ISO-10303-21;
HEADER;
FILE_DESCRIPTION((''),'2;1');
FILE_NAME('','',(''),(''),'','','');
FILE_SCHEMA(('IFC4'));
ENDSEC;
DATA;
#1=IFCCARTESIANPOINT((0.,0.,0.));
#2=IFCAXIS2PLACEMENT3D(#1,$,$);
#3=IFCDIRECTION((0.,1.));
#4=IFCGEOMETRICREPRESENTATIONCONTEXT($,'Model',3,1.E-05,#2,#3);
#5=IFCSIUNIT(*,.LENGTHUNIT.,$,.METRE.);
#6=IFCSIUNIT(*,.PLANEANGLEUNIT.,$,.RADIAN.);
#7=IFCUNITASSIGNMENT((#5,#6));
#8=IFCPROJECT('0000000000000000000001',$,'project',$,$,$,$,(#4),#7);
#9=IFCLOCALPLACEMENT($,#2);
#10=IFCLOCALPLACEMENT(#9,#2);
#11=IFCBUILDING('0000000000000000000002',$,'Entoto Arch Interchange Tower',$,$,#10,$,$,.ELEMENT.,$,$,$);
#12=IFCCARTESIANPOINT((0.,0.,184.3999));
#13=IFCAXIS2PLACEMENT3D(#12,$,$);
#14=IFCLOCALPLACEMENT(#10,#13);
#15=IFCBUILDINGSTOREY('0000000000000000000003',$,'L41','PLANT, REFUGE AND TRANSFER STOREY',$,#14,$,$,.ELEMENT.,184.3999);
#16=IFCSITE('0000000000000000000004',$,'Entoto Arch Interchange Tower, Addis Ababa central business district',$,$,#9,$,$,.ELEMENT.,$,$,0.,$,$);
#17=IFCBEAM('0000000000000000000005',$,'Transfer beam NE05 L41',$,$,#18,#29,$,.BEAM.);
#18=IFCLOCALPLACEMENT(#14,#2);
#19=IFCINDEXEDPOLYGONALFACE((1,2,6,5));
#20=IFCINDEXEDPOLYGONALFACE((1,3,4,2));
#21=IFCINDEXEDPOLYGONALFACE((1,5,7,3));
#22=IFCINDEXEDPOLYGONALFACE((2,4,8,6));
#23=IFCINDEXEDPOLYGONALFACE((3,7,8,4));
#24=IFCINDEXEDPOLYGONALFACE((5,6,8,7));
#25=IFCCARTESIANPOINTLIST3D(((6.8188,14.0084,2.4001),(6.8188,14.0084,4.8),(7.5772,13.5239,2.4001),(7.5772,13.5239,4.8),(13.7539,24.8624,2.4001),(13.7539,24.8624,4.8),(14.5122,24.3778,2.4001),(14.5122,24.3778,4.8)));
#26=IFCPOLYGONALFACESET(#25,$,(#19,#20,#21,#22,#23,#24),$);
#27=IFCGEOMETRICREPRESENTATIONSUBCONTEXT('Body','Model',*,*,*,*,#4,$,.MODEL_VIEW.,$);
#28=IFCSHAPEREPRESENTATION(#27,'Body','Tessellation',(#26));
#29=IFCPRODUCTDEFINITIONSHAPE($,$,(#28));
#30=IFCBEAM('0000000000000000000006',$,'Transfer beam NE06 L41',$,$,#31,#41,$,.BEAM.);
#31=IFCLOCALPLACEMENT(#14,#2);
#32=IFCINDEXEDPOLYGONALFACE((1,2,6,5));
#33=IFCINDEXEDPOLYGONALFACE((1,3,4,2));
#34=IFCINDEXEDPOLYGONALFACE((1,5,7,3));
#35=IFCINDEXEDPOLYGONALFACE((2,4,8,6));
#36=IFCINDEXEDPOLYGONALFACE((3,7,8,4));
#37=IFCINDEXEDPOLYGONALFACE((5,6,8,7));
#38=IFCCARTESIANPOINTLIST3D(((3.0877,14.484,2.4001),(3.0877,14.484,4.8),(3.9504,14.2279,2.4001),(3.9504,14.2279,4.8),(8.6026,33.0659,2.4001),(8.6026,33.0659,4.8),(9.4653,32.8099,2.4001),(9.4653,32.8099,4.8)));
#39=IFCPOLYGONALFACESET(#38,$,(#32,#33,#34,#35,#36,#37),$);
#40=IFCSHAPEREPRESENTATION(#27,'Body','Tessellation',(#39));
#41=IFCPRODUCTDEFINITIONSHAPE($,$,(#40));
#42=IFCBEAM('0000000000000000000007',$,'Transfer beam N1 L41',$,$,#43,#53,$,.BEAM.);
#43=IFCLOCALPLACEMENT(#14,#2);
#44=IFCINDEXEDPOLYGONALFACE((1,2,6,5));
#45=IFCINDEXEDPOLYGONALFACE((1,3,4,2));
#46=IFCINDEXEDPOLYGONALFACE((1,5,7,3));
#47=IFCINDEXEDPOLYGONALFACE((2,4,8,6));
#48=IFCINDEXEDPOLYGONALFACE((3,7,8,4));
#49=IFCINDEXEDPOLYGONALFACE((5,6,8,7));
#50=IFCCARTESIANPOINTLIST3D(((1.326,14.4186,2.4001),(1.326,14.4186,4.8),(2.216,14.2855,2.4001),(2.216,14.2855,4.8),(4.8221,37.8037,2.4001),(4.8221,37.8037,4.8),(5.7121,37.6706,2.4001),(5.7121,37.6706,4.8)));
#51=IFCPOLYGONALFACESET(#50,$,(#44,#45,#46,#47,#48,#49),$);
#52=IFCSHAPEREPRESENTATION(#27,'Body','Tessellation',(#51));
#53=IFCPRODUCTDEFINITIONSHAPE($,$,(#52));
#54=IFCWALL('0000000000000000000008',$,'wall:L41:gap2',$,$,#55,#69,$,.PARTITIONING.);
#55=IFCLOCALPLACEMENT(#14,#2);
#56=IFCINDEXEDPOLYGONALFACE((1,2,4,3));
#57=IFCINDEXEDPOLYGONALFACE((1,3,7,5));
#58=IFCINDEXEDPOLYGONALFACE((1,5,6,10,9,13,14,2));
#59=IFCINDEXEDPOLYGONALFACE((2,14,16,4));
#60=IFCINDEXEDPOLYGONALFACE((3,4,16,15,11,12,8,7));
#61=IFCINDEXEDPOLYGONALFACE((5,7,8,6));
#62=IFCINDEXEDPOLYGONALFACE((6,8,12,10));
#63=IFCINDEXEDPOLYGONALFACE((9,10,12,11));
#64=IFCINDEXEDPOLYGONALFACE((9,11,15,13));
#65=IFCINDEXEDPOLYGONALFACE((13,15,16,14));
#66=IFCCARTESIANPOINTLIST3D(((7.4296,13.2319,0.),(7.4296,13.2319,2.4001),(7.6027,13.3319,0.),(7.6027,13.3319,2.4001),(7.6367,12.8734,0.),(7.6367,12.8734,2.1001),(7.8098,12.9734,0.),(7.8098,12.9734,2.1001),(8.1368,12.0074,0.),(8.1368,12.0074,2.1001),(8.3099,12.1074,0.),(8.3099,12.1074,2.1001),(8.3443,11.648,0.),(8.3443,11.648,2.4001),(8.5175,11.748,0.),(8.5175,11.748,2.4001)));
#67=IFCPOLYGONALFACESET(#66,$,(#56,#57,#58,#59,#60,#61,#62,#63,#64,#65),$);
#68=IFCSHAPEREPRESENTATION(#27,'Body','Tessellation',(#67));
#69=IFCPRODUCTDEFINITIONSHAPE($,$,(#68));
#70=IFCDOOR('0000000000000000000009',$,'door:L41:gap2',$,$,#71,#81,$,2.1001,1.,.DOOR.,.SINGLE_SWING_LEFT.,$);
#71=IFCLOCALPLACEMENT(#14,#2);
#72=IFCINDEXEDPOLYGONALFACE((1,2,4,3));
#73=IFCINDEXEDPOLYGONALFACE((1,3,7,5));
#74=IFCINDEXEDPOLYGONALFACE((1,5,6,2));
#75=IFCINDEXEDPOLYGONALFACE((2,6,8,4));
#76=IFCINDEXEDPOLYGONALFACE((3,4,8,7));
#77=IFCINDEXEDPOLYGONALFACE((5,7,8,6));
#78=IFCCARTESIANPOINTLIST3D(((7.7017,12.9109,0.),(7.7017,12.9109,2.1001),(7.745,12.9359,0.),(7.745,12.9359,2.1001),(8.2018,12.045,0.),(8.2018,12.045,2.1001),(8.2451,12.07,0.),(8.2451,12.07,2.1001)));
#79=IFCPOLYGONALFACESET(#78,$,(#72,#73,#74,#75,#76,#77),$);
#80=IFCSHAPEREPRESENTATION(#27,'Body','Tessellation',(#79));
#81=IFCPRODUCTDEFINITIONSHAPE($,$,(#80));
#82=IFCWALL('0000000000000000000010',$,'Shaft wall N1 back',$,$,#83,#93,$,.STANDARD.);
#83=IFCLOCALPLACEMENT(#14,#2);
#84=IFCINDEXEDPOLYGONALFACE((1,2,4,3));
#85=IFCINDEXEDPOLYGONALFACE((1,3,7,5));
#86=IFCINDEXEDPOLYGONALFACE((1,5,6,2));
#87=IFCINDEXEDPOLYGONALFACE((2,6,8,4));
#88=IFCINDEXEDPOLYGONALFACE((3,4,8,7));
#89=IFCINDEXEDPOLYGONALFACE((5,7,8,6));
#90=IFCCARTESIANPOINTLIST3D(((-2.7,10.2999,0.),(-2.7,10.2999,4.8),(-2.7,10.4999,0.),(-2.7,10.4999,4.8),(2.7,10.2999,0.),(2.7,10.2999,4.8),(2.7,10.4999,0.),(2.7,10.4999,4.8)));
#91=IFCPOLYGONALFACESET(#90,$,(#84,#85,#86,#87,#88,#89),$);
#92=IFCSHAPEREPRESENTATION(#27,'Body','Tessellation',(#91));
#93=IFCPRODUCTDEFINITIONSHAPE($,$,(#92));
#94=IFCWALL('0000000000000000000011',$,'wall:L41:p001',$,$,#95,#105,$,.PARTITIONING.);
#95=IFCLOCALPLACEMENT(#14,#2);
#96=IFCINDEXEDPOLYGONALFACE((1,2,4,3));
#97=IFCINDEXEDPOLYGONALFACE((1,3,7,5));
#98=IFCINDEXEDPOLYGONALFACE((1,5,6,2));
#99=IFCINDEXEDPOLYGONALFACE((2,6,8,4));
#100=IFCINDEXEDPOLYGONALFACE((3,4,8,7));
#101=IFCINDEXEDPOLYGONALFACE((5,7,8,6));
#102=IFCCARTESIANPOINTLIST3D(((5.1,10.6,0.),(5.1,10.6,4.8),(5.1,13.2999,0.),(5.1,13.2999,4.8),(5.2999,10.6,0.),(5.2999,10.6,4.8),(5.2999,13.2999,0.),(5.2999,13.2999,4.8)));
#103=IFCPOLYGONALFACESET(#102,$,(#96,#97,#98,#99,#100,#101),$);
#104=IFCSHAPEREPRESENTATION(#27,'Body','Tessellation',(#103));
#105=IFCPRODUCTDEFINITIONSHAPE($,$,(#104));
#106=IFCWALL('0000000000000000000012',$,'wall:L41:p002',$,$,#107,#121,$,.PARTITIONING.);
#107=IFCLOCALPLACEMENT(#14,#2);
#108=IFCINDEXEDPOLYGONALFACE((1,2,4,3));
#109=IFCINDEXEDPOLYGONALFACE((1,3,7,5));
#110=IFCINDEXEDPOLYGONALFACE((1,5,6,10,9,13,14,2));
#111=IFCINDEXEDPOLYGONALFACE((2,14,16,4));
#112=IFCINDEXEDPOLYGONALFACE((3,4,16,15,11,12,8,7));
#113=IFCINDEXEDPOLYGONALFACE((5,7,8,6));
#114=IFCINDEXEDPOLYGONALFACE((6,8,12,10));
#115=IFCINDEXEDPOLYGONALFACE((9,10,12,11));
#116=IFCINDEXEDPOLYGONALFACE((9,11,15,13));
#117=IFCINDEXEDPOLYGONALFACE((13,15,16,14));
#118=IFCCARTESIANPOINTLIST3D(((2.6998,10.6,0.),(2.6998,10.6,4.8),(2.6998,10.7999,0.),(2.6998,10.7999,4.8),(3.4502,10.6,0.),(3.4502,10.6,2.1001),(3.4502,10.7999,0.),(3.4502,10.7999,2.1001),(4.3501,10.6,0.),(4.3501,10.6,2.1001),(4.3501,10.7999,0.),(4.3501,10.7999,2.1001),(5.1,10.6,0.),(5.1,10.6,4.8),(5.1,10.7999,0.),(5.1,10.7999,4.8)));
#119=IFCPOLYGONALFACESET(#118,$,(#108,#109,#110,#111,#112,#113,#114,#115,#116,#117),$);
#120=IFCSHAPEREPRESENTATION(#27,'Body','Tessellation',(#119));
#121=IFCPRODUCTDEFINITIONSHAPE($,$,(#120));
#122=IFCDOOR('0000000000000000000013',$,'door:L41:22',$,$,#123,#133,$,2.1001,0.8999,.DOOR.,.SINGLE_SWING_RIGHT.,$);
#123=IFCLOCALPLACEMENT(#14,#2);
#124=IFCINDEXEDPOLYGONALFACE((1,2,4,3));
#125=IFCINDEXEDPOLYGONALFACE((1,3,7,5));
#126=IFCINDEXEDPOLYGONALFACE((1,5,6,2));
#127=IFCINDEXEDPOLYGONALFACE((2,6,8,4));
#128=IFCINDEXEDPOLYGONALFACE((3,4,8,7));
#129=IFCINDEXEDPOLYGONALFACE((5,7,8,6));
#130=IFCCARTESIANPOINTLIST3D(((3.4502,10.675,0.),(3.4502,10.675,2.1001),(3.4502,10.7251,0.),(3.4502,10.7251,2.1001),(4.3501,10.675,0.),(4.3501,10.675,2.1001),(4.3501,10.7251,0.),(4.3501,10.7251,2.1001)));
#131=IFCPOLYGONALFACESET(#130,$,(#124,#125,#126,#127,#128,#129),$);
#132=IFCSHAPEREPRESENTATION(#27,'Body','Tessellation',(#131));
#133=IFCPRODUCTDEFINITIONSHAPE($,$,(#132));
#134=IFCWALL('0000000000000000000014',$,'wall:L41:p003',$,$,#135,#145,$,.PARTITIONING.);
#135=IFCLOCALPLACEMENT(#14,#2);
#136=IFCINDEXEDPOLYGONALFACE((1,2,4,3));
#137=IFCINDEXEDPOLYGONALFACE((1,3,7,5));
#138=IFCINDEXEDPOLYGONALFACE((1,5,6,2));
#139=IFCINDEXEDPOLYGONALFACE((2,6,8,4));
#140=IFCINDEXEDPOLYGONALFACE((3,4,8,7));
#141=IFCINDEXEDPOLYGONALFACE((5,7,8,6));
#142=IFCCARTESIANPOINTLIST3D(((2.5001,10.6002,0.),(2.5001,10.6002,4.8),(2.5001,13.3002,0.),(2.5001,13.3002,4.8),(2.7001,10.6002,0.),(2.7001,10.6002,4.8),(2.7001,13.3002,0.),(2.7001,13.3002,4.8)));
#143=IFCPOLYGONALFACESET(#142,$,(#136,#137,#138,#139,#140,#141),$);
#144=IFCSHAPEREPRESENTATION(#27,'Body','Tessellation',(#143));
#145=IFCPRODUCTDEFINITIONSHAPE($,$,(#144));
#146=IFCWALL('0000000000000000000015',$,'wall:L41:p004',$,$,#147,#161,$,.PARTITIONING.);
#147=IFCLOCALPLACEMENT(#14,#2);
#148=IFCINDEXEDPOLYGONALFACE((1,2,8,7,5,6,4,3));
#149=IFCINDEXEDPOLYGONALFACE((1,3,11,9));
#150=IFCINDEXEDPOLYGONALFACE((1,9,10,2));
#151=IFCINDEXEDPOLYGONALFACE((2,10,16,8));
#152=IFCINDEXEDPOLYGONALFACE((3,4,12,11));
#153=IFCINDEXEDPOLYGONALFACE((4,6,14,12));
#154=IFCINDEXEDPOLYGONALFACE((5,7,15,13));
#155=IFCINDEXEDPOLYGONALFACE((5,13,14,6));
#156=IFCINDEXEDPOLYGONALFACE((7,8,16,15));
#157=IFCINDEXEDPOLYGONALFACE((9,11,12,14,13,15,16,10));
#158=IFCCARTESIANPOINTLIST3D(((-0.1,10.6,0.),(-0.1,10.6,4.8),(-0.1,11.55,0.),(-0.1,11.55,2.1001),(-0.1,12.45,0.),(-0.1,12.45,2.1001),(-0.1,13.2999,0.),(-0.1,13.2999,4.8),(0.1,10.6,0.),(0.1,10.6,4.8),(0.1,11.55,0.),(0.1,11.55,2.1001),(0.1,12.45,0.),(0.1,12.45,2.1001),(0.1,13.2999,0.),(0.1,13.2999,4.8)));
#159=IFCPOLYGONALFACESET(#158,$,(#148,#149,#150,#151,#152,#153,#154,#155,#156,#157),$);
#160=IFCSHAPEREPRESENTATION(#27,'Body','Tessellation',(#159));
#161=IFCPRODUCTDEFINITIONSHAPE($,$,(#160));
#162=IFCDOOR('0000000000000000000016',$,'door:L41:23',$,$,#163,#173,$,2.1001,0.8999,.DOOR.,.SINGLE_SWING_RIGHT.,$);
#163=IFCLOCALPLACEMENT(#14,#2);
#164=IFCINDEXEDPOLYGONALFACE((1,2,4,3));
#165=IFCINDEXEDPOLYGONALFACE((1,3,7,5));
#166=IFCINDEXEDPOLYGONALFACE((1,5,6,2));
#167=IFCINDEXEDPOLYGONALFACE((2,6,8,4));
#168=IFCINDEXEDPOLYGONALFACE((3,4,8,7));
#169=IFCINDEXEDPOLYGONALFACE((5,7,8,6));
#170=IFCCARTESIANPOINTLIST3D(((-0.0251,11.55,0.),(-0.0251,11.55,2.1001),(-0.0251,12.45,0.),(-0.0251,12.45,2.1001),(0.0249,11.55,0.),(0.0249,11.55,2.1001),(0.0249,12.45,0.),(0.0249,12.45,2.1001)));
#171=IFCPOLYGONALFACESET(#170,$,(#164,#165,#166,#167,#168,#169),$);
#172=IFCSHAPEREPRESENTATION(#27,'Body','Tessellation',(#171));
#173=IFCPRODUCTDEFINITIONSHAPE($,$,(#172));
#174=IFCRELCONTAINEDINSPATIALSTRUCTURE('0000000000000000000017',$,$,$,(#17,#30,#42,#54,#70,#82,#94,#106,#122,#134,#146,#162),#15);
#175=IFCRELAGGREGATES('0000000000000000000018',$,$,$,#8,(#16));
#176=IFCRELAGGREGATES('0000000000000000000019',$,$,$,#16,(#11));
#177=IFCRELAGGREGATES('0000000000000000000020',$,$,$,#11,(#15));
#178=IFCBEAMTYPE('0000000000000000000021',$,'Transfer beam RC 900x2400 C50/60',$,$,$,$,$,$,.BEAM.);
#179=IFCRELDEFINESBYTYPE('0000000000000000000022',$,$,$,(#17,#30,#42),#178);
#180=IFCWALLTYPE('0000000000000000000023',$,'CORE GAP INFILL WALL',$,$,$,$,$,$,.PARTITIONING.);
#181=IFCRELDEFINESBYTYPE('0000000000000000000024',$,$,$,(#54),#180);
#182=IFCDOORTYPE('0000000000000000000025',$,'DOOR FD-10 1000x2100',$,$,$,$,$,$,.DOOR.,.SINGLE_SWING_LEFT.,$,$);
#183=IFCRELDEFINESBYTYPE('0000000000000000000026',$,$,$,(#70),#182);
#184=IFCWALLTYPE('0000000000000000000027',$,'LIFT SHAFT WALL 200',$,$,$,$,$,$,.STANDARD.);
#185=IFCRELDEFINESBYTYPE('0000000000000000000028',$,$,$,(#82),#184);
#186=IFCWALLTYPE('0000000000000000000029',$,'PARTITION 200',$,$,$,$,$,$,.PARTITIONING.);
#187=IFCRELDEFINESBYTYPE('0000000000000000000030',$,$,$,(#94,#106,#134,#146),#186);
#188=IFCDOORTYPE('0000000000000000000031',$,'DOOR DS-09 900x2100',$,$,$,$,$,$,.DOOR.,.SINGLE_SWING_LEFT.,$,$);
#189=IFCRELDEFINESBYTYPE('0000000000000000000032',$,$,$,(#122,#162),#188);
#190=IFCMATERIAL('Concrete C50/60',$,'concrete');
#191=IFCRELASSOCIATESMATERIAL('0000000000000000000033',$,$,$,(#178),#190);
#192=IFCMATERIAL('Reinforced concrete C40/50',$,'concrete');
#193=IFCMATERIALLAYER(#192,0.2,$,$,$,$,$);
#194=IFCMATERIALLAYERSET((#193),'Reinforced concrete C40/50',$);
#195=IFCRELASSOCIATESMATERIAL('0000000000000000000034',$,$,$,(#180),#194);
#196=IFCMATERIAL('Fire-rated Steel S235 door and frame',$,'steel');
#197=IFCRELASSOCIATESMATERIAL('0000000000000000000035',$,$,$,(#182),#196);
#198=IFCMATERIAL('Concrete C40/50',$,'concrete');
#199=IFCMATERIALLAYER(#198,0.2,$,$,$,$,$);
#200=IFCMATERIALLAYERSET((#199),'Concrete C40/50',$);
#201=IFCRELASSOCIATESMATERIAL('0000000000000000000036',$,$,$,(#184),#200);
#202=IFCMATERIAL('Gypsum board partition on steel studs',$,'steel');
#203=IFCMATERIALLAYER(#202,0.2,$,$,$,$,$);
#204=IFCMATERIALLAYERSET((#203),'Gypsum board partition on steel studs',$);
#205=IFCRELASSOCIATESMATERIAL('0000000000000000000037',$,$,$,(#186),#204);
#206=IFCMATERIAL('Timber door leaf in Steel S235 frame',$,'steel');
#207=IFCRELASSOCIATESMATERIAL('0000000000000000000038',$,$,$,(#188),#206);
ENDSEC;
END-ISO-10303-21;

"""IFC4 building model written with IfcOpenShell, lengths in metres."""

from ifc_helpers import new_model, si_unit, direction, frame, frame_2d, origin, origin_2d, place, context, subcontext, project, spatial, rectangle, extrude, material, layer, layer_set, material_profile, profile_set, type_object, element, fill, save


model = new_model("IFC4")

# Units and contexts
model_context = context("Model", 3, precision=1e-05, world=origin(), true_north=direction((0.0, 1.0)))
body_context = subcontext(model_context, "Body", "Model", "MODEL_VIEW")
ifc_project = project(units=[si_unit("LENGTHUNIT", "METRE"), si_unit("PLANEANGLEUNIT", "RADIAN")], contexts=[model_context])

# Site, building, storey
site_placement = place(None, origin())
site = spatial("IfcSite", under=ifc_project, at=site_placement, Name="Entoto Arch Interchange Tower, Addis Ababa central business district", CompositionType="ELEMENT", RefElevation=0.0)
building_placement = place(site_placement, origin())
building = spatial("IfcBuilding", under=site, at=building_placement, Name="Entoto Arch Interchange Tower", CompositionType="ELEMENT")
storey_placement = place(building_placement, frame((0.0, 0.0, 184.3999)))
storey = spatial("IfcBuildingStorey", under=building, at=storey_placement, Name="L41", Description="PLANT, REFUGE AND TRANSFER STOREY", CompositionType="ELEMENT", Elevation=184.3999)

# Beams
ifc_material_1 = material(Name="Concrete C50/60", Category="concrete")
ifc_material_profile = material_profile(ifc_material_1, rectangle(XDim=0.8999, YDim=2.3999, at=origin_2d()))
ifc_profile_set = profile_set([ifc_material_profile], Name="Concrete C50/60")
beam_type = type_object("IfcBeamType", Name="Transfer beam RC 900x2400 C50/60", PredefinedType="BEAM", material=ifc_profile_set)
beam_1_placement = place(storey_placement, frame((7.198, 13.7661, 3.6001), z_axis=(0.53842, 0.842677, 0.0), x_axis=(-0.842677, 0.53842, 0.0)))
element("IfcBeam", 1, at=beam_1_placement, inside=storey, type_object=beam_type, Name="Transfer beam NE05 L41", PredefinedType="BEAM", context=body_context, shape_type="SweptSolid", body=[
    extrude(rectangle(XDim=0.8999, YDim=2.3999, at=origin_2d()), origin(), (0.0, 0.0, 1.0), 12.8804),
])
beam_2_placement = place(storey_placement, frame((3.519, 14.356, 3.6001), z_axis=(0.28452, 0.95867, 0.0), x_axis=(-0.95867, 0.28452, 0.0)))
element("IfcBeam", 2, at=beam_2_placement, inside=storey, type_object=beam_type, Name="Transfer beam NE06 L41", PredefinedType="BEAM", context=body_context, shape_type="SweptSolid", body=[
    extrude(rectangle(XDim=0.8999, YDim=2.3999, at=origin_2d()), origin(), (0.0, 0.0, 1.0), 19.3831),
])
beam_3_placement = place(storey_placement, frame((1.771, 14.3521, 3.6001), z_axis=(0.147858, 0.989009, 0.0), x_axis=(-0.989009, 0.147858, 0.0)))
element("IfcBeam", 3, at=beam_3_placement, inside=storey, type_object=beam_type, Name="Transfer beam N1 L41", PredefinedType="BEAM", context=body_context, shape_type="SweptSolid", body=[
    extrude(rectangle(XDim=0.8999, YDim=2.3999, at=origin_2d()), origin(), (0.0, 0.0, 1.0), 23.645),
])

# Wall, opening, door
ifc_material_2 = material(Name="Reinforced concrete C40/50", Category="concrete")
ifc_layer_1 = layer(ifc_material_2, 0.2)
ifc_layer_set_1 = layer_set([ifc_layer_1], Name="Reinforced concrete C40/50")
wall_type_1 = type_object("IfcWallType", Name="CORE GAP INFILL WALL", PredefinedType="PARTITIONING", material=ifc_layer_set_1)
wall_1_placement = place(storey_placement, frame((8.4309, 11.698, 0.0), z_axis=(0.0, 0.0, 1.0), x_axis=(-0.500115, 0.865959, 0.0)))
wall_1 = element("IfcWall", 4, at=wall_1_placement, inside=storey, type_object=wall_type_1, Name="wall:L41:gap2", PredefinedType="PARTITIONING", context=body_context, shape_type="SweptSolid", body=[
    extrude(rectangle(XDim=1.8291, YDim=0.2, at=frame_2d((0.9146, 0.0))), origin(), (0.0, 0.0, 1.0), 2.4001),
])
opening_1_placement = place(wall_1_placement, frame((0.415, 0.0, 0.0)))
opening_1 = element("IfcOpeningElement", 5, at=opening_1_placement, cuts=wall_1, PredefinedType="OPENING", context=body_context, shape_type="SweptSolid", body=[
    extrude(rectangle(XDim=1.0, YDim=2.1001, at=frame_2d((0.5, 1.05))), frame((0.0, 0.1099, 0.0), z_axis=(0.0, -1.0, 0.0), x_axis=(1.0, 0.0, 0.0)), (0.0, 0.0, 1.0), 0.22),
])
ifc_material_3 = material(Name="Fire-rated Steel S235 door and frame", Category="steel")
door_type_1 = type_object("IfcDoorType", Name="DOOR FD-10 1000x2100", OperationType="SINGLE_SWING_LEFT", PredefinedType="DOOR", material=ifc_material_3)
door_1_placement = place(opening_1_placement, origin())
door_1 = element("IfcDoor", 6, at=door_1_placement, inside=storey, type_object=door_type_1, Name="door:L41:gap2", OperationType="SINGLE_SWING_LEFT", OverallHeight=2.1001, OverallWidth=1.0, PredefinedType="DOOR", context=body_context, shape_type="SweptSolid", body=[
    extrude(rectangle(XDim=1.0, YDim=2.1001, at=frame_2d((0.5, 1.05))), frame((0.0, 0.0249, 0.0), z_axis=(0.0, -1.0, 0.0), x_axis=(1.0, 0.0, 0.0)), (0.0, 0.0, 1.0), 0.05),
])
fill(opening_1, door_1)

# Walls
ifc_material_4 = material(Name="Concrete C40/50", Category="concrete")
ifc_layer_2 = layer(ifc_material_4, 0.2)
ifc_layer_set_2 = layer_set([ifc_layer_2], Name="Concrete C40/50")
wall_type_2 = type_object("IfcWallType", Name="LIFT SHAFT WALL 200", PredefinedType="STANDARD", material=ifc_layer_set_2)
wall_2_placement = place(storey_placement, frame((2.7, 10.3999, 0.0), z_axis=(0.0, 0.0, 1.0), x_axis=(-1.0, 0.0, 0.0)))
element("IfcWall", 7, at=wall_2_placement, inside=storey, type_object=wall_type_2, Name="Shaft wall N1 back", PredefinedType="STANDARD", context=body_context, shape_type="SweptSolid", body=[
    extrude(rectangle(XDim=5.3999, YDim=0.2, at=frame_2d((2.7, 0.0))), origin(), (0.0, 0.0, 1.0), 4.8),
])
ifc_material_5 = material(Name="Gypsum board partition on steel studs", Category="steel")
ifc_layer_3 = layer(ifc_material_5, 0.2)
ifc_layer_set_3 = layer_set([ifc_layer_3], Name="Gypsum board partition on steel studs")
wall_type_3 = type_object("IfcWallType", Name="PARTITION 200", PredefinedType="PARTITIONING", material=ifc_layer_set_3)
wall_3_placement = place(storey_placement, frame((5.2, 13.3, 0.0), z_axis=(0.0, 0.0, 1.0), x_axis=(0.0, -1.0, 0.0)))
element("IfcWall", 8, at=wall_3_placement, inside=storey, type_object=wall_type_3, Name="wall:L41:p001", PredefinedType="PARTITIONING", context=body_context, shape_type="SweptSolid", body=[
    extrude(rectangle(XDim=2.7, YDim=0.2, at=frame_2d((1.3501, 0.0))), origin(), (0.0, 0.0, 1.0), 4.8),
])

# Wall, opening, door
wall_4_placement = place(storey_placement, frame((5.1001, 10.7, 0.0), z_axis=(0.0, 0.0, 1.0), x_axis=(-1.0, 0.0, 0.0)))
wall_4 = element("IfcWall", 9, at=wall_4_placement, inside=storey, type_object=wall_type_3, Name="wall:L41:p002", PredefinedType="PARTITIONING", context=body_context, shape_type="SweptSolid", body=[
    extrude(rectangle(XDim=2.4001, YDim=0.2, at=frame_2d((1.2002, 0.0))), origin(), (0.0, 0.0, 1.0), 4.8),
])
opening_2_placement = place(wall_4_placement, frame((0.75, 0.0, 0.0)))
opening_2 = element("IfcOpeningElement", 10, at=opening_2_placement, cuts=wall_4, PredefinedType="OPENING", context=body_context, shape_type="SweptSolid", body=[
    extrude(rectangle(XDim=0.8999, YDim=2.1001, at=frame_2d((0.45, 1.05))), frame((0.0, 0.1099, 0.0), z_axis=(0.0, -1.0, 0.0), x_axis=(1.0, 0.0, 0.0)), (0.0, 0.0, 1.0), 0.22),
])
ifc_material_6 = material(Name="Timber door leaf in Steel S235 frame", Category="steel")
door_type_2 = type_object("IfcDoorType", Name="DOOR DS-09 900x2100", OperationType="SINGLE_SWING_LEFT", PredefinedType="DOOR", material=ifc_material_6)
door_2_placement = place(opening_2_placement, origin())
door_2 = element("IfcDoor", 11, at=door_2_placement, inside=storey, type_object=door_type_2, Name="door:L41:22", OperationType="SINGLE_SWING_RIGHT", OverallHeight=2.1001, OverallWidth=0.8999, PredefinedType="DOOR", context=body_context, shape_type="SweptSolid", body=[
    extrude(rectangle(XDim=0.8999, YDim=2.1001, at=frame_2d((0.45, 1.05))), frame((0.0, 0.0249, 0.0), z_axis=(0.0, -1.0, 0.0), x_axis=(1.0, 0.0, 0.0)), (0.0, 0.0, 1.0), 0.05),
])
fill(opening_2, door_2)

# Wall
wall_5_placement = place(storey_placement, frame((2.6001, 10.6001, 0.0), z_axis=(0.0, 0.0, 1.0), x_axis=(0.0, 1.0, 0.0)))
element("IfcWall", 12, at=wall_5_placement, inside=storey, type_object=wall_type_3, Name="wall:L41:p003", PredefinedType="PARTITIONING", context=body_context, shape_type="SweptSolid", body=[
    extrude(rectangle(XDim=2.7, YDim=0.2, at=frame_2d((1.3501, 0.0))), origin(), (0.0, 0.0, 1.0), 4.8),
])

# Wall, opening, door
wall_6_placement = place(storey_placement, frame((0.0, 13.3, 0.0), z_axis=(0.0, 0.0, 1.0), x_axis=(0.0, -1.0, 0.0)))
wall_6 = element("IfcWall", 13, at=wall_6_placement, inside=storey, type_object=wall_type_3, Name="wall:L41:p004", PredefinedType="PARTITIONING", context=body_context, shape_type="SweptSolid", body=[
    extrude(rectangle(XDim=2.7, YDim=0.2, at=frame_2d((1.3501, 0.0))), origin(), (0.0, 0.0, 1.0), 4.8),
])
opening_3_placement = place(wall_6_placement, frame((0.8501, 0.0, 0.0)))
opening_3 = element("IfcOpeningElement", 14, at=opening_3_placement, cuts=wall_6, PredefinedType="OPENING", context=body_context, shape_type="SweptSolid", body=[
    extrude(rectangle(XDim=0.8999, YDim=2.1001, at=frame_2d((0.45, 1.05))), frame((0.0, 0.1099, 0.0), z_axis=(0.0, -1.0, 0.0), x_axis=(1.0, 0.0, 0.0)), (0.0, 0.0, 1.0), 0.22),
])
door_3_placement = place(opening_3_placement, origin())
door_3 = element("IfcDoor", 15, at=door_3_placement, inside=storey, type_object=door_type_2, Name="door:L41:23", OperationType="SINGLE_SWING_RIGHT", OverallHeight=2.1001, OverallWidth=0.8999, PredefinedType="DOOR", context=body_context, shape_type="SweptSolid", body=[
    extrude(rectangle(XDim=0.8999, YDim=2.1001, at=frame_2d((0.45, 1.05))), frame((0.0, 0.0249, 0.0), z_axis=(0.0, -1.0, 0.0), x_axis=(1.0, 0.0, 0.0)), (0.0, 0.0, 1.0), 0.05),
])
fill(opening_3, door_3)

save(model, "model.ifc")
